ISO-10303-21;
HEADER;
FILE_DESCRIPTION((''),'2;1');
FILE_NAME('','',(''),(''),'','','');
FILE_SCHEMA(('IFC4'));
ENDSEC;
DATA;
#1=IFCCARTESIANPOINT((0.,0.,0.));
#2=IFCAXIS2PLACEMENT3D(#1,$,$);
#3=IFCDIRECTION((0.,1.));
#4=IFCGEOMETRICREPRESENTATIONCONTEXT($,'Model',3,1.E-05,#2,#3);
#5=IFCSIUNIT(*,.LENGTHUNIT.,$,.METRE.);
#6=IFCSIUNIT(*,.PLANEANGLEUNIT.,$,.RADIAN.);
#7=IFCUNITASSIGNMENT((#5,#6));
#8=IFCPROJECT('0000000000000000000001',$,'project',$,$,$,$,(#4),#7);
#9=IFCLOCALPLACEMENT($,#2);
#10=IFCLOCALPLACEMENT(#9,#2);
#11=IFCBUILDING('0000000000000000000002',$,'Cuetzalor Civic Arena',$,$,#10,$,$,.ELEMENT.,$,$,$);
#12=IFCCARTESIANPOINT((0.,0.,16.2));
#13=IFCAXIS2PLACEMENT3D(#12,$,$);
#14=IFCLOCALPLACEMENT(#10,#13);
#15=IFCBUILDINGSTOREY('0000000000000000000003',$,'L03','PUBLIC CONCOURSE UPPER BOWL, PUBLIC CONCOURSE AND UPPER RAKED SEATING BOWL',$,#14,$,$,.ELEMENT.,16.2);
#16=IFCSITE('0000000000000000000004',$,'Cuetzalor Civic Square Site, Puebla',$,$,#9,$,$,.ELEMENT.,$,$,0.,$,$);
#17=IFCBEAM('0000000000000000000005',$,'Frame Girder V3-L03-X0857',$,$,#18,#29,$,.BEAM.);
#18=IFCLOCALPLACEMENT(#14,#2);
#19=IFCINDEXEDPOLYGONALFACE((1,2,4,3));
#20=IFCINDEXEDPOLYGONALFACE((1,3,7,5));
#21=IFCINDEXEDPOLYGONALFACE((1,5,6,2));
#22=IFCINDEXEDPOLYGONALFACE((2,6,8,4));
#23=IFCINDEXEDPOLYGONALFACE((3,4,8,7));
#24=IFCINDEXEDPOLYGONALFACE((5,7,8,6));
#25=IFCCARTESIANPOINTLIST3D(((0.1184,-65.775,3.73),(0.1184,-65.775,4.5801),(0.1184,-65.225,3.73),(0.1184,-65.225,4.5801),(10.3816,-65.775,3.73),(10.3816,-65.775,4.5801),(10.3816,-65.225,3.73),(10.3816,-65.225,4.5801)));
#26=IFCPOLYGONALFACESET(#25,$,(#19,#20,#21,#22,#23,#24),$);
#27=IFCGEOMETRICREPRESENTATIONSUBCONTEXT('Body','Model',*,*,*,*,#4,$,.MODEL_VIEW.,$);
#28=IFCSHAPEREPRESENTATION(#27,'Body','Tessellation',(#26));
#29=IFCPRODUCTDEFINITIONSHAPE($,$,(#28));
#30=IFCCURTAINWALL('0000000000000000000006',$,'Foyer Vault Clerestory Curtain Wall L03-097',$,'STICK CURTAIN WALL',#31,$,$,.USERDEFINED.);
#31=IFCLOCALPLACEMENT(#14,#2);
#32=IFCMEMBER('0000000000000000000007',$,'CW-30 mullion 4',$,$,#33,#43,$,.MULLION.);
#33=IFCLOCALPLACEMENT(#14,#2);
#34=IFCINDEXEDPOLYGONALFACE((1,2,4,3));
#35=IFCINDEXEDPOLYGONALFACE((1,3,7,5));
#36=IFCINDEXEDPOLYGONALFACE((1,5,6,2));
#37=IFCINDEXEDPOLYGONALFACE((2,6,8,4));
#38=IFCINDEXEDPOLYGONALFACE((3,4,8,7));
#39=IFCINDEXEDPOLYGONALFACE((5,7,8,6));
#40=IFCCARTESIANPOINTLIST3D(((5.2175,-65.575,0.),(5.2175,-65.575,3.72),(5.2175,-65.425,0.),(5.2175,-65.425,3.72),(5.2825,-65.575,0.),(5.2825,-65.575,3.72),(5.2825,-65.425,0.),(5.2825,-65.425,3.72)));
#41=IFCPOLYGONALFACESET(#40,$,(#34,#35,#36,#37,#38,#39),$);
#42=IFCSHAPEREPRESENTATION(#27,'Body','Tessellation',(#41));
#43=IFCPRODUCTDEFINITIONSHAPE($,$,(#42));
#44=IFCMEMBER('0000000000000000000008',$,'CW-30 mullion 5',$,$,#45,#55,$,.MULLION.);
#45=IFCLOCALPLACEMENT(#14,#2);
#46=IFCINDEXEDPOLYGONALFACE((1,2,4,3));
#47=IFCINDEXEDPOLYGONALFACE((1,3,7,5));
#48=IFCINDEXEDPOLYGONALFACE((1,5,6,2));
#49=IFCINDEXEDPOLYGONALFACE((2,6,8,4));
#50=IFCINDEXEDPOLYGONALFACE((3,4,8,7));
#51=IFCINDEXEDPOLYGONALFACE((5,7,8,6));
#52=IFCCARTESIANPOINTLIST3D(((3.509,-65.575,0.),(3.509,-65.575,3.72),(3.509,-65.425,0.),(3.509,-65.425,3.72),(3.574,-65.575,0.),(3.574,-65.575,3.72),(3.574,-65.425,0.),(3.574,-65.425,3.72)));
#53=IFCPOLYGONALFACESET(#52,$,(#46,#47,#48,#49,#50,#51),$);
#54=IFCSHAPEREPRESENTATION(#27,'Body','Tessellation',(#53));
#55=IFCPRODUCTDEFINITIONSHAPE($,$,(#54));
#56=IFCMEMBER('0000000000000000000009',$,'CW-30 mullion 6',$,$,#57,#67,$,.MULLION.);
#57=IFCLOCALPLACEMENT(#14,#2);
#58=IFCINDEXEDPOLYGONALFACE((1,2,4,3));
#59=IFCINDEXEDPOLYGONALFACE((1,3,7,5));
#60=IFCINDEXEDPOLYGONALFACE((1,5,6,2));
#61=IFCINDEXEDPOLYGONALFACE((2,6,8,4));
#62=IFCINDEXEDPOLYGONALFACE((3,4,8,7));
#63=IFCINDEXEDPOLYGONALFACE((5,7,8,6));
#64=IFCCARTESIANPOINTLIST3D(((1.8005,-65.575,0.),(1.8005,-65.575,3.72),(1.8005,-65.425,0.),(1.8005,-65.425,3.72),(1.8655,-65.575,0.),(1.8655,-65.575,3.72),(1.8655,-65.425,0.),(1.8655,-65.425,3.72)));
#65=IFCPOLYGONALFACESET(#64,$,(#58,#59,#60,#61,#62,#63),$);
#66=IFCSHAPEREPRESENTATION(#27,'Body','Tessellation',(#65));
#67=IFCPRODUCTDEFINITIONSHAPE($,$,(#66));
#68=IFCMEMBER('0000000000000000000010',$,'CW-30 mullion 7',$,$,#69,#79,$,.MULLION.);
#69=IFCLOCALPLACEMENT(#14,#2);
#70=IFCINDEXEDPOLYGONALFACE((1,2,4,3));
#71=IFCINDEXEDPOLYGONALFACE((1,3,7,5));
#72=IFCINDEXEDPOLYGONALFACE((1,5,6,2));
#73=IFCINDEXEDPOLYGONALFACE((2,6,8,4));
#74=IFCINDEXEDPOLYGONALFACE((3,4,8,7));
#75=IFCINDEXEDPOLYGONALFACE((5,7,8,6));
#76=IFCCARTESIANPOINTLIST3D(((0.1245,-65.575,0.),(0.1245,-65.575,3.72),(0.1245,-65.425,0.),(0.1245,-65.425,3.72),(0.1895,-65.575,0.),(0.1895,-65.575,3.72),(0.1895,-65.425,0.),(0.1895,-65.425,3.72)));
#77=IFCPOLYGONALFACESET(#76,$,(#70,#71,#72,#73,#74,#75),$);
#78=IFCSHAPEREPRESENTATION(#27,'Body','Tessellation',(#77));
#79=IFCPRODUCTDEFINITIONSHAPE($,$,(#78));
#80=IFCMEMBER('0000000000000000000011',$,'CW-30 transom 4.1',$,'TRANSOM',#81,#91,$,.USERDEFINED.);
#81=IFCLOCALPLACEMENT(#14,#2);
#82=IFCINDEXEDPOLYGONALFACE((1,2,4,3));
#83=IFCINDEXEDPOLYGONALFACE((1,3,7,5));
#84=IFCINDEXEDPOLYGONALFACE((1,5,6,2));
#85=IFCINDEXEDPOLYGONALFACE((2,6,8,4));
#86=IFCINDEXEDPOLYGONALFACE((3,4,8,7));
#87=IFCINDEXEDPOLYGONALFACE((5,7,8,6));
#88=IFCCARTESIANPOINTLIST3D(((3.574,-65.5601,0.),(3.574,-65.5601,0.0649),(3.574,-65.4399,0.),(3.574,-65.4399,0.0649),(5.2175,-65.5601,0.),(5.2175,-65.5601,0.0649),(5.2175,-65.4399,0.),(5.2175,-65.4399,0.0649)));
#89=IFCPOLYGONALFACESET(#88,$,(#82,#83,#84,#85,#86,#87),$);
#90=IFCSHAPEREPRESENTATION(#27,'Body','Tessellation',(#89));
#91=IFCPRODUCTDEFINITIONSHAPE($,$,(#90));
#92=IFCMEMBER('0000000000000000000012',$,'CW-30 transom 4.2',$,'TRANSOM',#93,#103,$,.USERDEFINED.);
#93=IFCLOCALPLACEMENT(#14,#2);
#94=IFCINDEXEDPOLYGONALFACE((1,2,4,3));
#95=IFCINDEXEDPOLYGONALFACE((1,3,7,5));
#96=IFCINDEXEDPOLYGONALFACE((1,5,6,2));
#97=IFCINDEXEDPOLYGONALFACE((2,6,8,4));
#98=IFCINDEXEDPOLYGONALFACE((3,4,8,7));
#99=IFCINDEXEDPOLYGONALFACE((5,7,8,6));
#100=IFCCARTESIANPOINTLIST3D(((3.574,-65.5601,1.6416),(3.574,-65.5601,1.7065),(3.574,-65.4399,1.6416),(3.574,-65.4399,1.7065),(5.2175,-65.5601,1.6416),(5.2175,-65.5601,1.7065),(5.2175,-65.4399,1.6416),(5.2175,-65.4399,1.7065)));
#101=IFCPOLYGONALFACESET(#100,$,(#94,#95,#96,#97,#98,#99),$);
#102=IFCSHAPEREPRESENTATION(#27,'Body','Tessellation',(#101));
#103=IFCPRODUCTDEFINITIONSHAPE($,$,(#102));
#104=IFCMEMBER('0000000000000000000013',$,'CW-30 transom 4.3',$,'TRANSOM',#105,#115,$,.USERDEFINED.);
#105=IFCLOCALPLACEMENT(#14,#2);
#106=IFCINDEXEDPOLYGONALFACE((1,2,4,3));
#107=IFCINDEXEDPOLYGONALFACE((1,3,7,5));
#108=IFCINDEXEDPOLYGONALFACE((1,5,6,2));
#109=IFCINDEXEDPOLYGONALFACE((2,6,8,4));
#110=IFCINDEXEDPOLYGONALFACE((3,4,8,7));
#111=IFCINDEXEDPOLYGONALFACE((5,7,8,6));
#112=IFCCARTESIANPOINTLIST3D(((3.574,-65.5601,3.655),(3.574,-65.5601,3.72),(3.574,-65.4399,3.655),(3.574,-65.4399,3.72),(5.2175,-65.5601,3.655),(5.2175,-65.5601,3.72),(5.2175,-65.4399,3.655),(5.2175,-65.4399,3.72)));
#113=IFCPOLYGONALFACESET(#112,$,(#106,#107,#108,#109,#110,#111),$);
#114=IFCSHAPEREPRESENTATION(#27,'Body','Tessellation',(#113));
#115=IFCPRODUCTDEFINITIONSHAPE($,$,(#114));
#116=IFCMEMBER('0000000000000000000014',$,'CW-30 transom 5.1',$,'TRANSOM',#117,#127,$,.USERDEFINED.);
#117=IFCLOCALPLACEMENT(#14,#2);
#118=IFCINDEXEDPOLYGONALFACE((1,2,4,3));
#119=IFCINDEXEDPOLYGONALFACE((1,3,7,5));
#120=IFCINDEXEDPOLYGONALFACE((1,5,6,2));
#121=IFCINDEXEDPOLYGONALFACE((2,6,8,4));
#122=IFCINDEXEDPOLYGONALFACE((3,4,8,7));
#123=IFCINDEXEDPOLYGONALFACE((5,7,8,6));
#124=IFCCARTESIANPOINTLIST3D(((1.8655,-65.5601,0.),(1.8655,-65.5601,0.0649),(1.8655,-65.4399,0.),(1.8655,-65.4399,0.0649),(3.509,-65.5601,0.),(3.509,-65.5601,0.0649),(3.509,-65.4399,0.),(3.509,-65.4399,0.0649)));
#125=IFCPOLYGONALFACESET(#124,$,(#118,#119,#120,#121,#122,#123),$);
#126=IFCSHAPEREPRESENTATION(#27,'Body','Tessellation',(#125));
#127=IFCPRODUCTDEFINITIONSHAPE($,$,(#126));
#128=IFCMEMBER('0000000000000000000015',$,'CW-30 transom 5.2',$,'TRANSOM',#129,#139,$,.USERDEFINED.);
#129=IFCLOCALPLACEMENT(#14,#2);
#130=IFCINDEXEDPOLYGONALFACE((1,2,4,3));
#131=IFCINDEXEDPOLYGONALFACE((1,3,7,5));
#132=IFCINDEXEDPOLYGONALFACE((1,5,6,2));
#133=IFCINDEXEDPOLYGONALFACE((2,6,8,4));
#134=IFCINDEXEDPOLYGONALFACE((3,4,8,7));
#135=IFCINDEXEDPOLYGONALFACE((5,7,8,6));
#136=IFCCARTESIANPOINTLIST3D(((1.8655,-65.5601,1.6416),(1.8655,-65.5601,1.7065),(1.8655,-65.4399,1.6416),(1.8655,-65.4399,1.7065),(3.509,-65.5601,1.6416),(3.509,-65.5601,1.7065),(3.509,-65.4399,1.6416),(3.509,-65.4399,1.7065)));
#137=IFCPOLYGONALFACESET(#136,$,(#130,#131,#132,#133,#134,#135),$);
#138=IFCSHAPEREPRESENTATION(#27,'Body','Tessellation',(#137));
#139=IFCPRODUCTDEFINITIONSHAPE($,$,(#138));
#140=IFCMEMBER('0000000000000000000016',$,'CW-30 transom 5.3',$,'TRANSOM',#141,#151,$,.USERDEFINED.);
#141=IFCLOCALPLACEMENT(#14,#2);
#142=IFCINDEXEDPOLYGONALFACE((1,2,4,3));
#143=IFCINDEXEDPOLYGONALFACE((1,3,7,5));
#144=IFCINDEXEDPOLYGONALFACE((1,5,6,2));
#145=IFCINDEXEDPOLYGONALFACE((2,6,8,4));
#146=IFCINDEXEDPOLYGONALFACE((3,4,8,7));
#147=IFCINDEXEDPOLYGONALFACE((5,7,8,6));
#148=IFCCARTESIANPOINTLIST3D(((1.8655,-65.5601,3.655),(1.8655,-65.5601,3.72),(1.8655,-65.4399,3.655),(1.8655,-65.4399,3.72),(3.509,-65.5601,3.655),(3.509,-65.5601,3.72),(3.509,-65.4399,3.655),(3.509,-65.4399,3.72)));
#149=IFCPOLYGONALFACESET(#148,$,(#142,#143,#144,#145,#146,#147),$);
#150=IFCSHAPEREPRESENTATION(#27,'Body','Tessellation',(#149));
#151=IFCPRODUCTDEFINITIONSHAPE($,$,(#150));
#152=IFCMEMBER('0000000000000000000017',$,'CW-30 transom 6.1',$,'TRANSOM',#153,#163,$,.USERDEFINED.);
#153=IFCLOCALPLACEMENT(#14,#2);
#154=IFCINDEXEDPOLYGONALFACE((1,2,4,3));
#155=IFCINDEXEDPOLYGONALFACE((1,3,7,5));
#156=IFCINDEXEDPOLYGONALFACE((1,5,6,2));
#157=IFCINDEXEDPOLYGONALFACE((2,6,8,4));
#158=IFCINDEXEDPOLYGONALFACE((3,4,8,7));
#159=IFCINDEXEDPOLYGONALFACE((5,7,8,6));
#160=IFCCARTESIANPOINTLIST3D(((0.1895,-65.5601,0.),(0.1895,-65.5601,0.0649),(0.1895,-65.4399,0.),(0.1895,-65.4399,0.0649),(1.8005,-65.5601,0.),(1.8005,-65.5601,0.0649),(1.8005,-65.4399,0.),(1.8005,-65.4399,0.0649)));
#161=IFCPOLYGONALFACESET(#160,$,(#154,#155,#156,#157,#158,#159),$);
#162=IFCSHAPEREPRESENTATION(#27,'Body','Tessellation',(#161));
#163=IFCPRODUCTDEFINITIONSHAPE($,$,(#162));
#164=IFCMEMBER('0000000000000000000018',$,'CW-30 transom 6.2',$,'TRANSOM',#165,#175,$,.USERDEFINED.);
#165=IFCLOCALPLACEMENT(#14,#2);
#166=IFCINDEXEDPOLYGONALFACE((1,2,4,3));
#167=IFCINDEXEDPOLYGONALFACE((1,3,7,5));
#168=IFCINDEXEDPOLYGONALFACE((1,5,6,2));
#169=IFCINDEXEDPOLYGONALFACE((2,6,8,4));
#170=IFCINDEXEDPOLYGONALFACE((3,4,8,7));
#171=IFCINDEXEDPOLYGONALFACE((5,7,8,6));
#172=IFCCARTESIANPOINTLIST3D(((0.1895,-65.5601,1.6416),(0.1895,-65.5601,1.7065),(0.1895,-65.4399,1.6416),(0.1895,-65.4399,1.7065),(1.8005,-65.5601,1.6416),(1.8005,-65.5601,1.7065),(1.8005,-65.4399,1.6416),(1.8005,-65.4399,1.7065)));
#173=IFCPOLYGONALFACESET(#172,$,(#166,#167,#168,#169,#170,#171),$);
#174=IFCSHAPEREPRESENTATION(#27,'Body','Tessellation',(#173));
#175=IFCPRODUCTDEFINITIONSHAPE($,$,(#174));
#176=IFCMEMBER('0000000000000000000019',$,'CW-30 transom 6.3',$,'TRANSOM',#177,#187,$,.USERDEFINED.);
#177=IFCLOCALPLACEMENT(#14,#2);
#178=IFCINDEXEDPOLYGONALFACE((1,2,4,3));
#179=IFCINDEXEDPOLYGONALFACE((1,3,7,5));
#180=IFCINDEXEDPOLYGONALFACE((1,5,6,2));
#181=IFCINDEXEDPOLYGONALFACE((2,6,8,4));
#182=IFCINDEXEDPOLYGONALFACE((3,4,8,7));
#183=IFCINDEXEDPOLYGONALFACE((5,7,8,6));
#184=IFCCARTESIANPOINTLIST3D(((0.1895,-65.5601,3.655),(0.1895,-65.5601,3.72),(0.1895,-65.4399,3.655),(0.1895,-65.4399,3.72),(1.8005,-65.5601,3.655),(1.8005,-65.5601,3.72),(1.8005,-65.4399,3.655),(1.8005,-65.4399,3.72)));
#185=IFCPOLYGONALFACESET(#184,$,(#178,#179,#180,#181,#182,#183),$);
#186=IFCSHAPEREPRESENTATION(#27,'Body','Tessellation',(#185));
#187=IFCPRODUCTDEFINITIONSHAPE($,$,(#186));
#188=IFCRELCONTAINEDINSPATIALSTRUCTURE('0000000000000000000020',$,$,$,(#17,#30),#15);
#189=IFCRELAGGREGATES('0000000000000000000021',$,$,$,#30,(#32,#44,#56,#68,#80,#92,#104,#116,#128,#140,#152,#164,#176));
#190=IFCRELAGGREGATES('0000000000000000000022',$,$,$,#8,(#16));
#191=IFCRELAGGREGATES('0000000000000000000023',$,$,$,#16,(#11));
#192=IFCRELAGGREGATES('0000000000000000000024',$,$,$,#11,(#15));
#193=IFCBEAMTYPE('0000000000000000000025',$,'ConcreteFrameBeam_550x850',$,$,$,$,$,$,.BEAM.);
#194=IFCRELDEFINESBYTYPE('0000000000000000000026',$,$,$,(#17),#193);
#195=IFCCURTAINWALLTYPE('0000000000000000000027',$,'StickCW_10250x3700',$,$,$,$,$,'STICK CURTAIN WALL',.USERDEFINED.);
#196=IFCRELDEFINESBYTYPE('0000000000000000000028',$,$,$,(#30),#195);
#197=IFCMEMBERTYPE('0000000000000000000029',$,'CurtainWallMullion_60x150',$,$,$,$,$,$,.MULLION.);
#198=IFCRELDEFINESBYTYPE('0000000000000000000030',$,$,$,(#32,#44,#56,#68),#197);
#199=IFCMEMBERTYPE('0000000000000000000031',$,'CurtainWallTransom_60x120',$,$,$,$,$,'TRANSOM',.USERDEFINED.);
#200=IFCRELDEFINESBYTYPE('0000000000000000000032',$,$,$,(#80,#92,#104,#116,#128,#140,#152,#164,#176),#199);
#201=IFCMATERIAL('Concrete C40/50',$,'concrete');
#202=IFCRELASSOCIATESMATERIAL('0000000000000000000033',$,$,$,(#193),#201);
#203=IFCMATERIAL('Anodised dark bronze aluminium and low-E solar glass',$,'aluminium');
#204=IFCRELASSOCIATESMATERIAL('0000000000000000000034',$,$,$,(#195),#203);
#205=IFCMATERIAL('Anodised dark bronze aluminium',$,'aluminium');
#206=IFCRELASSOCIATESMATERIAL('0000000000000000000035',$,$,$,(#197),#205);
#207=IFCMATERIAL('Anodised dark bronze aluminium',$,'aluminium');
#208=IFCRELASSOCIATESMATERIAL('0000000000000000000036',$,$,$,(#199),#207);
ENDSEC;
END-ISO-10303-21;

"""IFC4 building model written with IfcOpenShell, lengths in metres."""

from ifc_helpers import new_model, si_unit, direction, frame, origin, origin_2d, place, context, subcontext, project, spatial, rectangle, extrude, material, material_profile, profile_set, type_object, element, aggregate, save


model = new_model("IFC4")

# Units and contexts
model_context = context("Model", 3, precision=1e-05, world=origin(), true_north=direction((0.0, 1.0)))
body_context = subcontext(model_context, "Body", "Model", "MODEL_VIEW")
ifc_project = project(units=[si_unit("LENGTHUNIT", "METRE"), si_unit("PLANEANGLEUNIT", "RADIAN")], contexts=[model_context])

# Site, building, storey
site_placement = place(None, origin())
site = spatial("IfcSite", under=ifc_project, at=site_placement, Name="Cuetzalor Civic Square Site, Puebla", CompositionType="ELEMENT", RefElevation=0.0)
building_placement = place(site_placement, origin())
building = spatial("IfcBuilding", under=site, at=building_placement, Name="Cuetzalor Civic Arena", CompositionType="ELEMENT")
storey_placement = place(building_placement, frame((0.0, 0.0, 16.2)))
storey = spatial("IfcBuildingStorey", under=building, at=storey_placement, Name="L03", Description="PUBLIC CONCOURSE UPPER BOWL, PUBLIC CONCOURSE AND UPPER RAKED SEATING BOWL", CompositionType="ELEMENT", Elevation=16.2)

# Beam
ifc_material_1 = material(Name="Concrete C40/50", Category="concrete")
ifc_material_profile_1 = material_profile(ifc_material_1, rectangle(XDim=0.55, YDim=0.8501, at=origin_2d()), Name="RC 550x850")
ifc_profile_set_1 = profile_set([ifc_material_profile_1], Name="Concrete C40/50")
beam_type_1 = type_object("IfcBeamType", Name="ConcreteFrameBeam_550x850", PredefinedType="BEAM", material=ifc_profile_set_1)
beam_1_placement = place(storey_placement, frame((0.1184, -65.5, 4.155), z_axis=(1.0, 0.0, 0.0), x_axis=(0.0, 1.0, 0.0)))
element("IfcBeam", 1, at=beam_1_placement, inside=storey, type_object=beam_type_1, Name="Frame Girder V3-L03-X0857", PredefinedType="BEAM", context=body_context, shape_type="SweptSolid", body=[
    extrude(rectangle(XDim=0.55, YDim=0.8501, at=origin_2d()), origin(), (0.0, 0.0, 1.0), 10.2632),
])

# Curtain wall, members
ifc_material_2 = material(Name="Anodised dark bronze aluminium and low-E solar glass", Category="aluminium")
curtain_wall_type = type_object("IfcCurtainWallType", Name="StickCW_10250x3700", ElementType="STICK CURTAIN WALL", PredefinedType="USERDEFINED", material=ifc_material_2)
curtain_wall_placement = place(storey_placement, origin())
curtain_wall = element("IfcCurtainWall", 2, at=curtain_wall_placement, inside=storey, type_object=curtain_wall_type, Name="Foyer Vault Clerestory Curtain Wall L03-097", ObjectType="STICK CURTAIN WALL", PredefinedType="USERDEFINED")
ifc_material_3 = material(Name="Anodised dark bronze aluminium", Category="aluminium")
ifc_material_profile_2 = material_profile(ifc_material_3, rectangle(XDim=0.0649, YDim=0.1499, at=origin_2d()), Name="ALU MULLION 65x150")
ifc_profile_set_2 = profile_set([ifc_material_profile_2], Name="Anodised dark bronze aluminium")
member_type_1 = type_object("IfcMemberType", Name="CurtainWallMullion_60x150", PredefinedType="MULLION", material=ifc_profile_set_2)
member_1_placement = place(storey_placement, frame((5.25, -65.5, 0.0), z_axis=(0.0, 0.0, 1.0), x_axis=(-1.0, 0.0, 0.0)))
member_1 = element("IfcMember", 3, at=member_1_placement, type_object=member_type_1, Name="CW-30 mullion 4", PredefinedType="MULLION", context=body_context, shape_type="SweptSolid", body=[
    extrude(rectangle(XDim=0.0649, YDim=0.1499, at=origin_2d()), origin(), (0.0, 0.0, 1.0), 3.72),
])
member_2_placement = place(storey_placement, frame((3.5415, -65.5, 0.0), z_axis=(0.0, 0.0, 1.0), x_axis=(-1.0, 0.0, 0.0)))
member_2 = element("IfcMember", 4, at=member_2_placement, type_object=member_type_1, Name="CW-30 mullion 5", PredefinedType="MULLION", context=body_context, shape_type="SweptSolid", body=[
    extrude(rectangle(XDim=0.0649, YDim=0.1499, at=origin_2d()), origin(), (0.0, 0.0, 1.0), 3.72),
])
member_3_placement = place(storey_placement, frame((1.833, -65.5, 0.0), z_axis=(0.0, 0.0, 1.0), x_axis=(-1.0, 0.0, 0.0)))
member_3 = element("IfcMember", 5, at=member_3_placement, type_object=member_type_1, Name="CW-30 mullion 6", PredefinedType="MULLION", context=body_context, shape_type="SweptSolid", body=[
    extrude(rectangle(XDim=0.0649, YDim=0.1499, at=origin_2d()), origin(), (0.0, 0.0, 1.0), 3.72),
])
member_4_placement = place(storey_placement, frame((0.157, -65.5, 0.0), z_axis=(0.0, 0.0, 1.0), x_axis=(-1.0, 0.0, 0.0)))
member_4 = element("IfcMember", 6, at=member_4_placement, type_object=member_type_1, Name="CW-30 mullion 7", PredefinedType="MULLION", context=body_context, shape_type="SweptSolid", body=[
    extrude(rectangle(XDim=0.0649, YDim=0.1499, at=origin_2d()), origin(), (0.0, 0.0, 1.0), 3.72),
])
ifc_material_4 = material(Name="Anodised dark bronze aluminium", Category="aluminium")
ifc_material_profile_3 = material_profile(ifc_material_4, rectangle(XDim=0.1201, YDim=0.0649, at=origin_2d()), Name="ALU TRANSOM 65x120")
ifc_profile_set_3 = profile_set([ifc_material_profile_3], Name="Anodised dark bronze aluminium")
member_type_2 = type_object("IfcMemberType", Name="CurtainWallTransom_60x120", ElementType="TRANSOM", PredefinedType="USERDEFINED", material=ifc_profile_set_3)
member_5_placement = place(storey_placement, frame((5.2175, -65.5, 0.0325), z_axis=(-1.0, 0.0, 0.0), x_axis=(0.0, -1.0, 0.0)))
member_5 = element("IfcMember", 7, at=member_5_placement, type_object=member_type_2, Name="CW-30 transom 4.1", ObjectType="TRANSOM", PredefinedType="USERDEFINED", context=body_context, shape_type="SweptSolid", body=[
    extrude(rectangle(XDim=0.1201, YDim=0.0649, at=origin_2d()), origin(), (0.0, 0.0, 1.0), 1.6436),
])
member_6_placement = place(storey_placement, frame((5.2175, -65.5, 1.6741), z_axis=(-1.0, 0.0, 0.0), x_axis=(0.0, -1.0, 0.0)))
member_6 = element("IfcMember", 8, at=member_6_placement, type_object=member_type_2, Name="CW-30 transom 4.2", ObjectType="TRANSOM", PredefinedType="USERDEFINED", context=body_context, shape_type="SweptSolid", body=[
    extrude(rectangle(XDim=0.1201, YDim=0.0649, at=origin_2d()), origin(), (0.0, 0.0, 1.0), 1.6436),
])
member_7_placement = place(storey_placement, frame((5.2175, -65.5, 3.6875), z_axis=(-1.0, 0.0, 0.0), x_axis=(0.0, -1.0, 0.0)))
member_7 = element("IfcMember", 9, at=member_7_placement, type_object=member_type_2, Name="CW-30 transom 4.3", ObjectType="TRANSOM", PredefinedType="USERDEFINED", context=body_context, shape_type="SweptSolid", body=[
    extrude(rectangle(XDim=0.1201, YDim=0.0649, at=origin_2d()), origin(), (0.0, 0.0, 1.0), 1.6436),
])
member_8_placement = place(storey_placement, frame((3.509, -65.5, 0.0325), z_axis=(-1.0, 0.0, 0.0), x_axis=(0.0, -1.0, 0.0)))
member_8 = element("IfcMember", 10, at=member_8_placement, type_object=member_type_2, Name="CW-30 transom 5.1", ObjectType="TRANSOM", PredefinedType="USERDEFINED", context=body_context, shape_type="SweptSolid", body=[
    extrude(rectangle(XDim=0.1201, YDim=0.0649, at=origin_2d()), origin(), (0.0, 0.0, 1.0), 1.6436),
])
member_9_placement = place(storey_placement, frame((3.509, -65.5, 1.6741), z_axis=(-1.0, 0.0, 0.0), x_axis=(0.0, -1.0, 0.0)))
member_9 = element("IfcMember", 11, at=member_9_placement, type_object=member_type_2, Name="CW-30 transom 5.2", ObjectType="TRANSOM", PredefinedType="USERDEFINED", context=body_context, shape_type="SweptSolid", body=[
    extrude(rectangle(XDim=0.1201, YDim=0.0649, at=origin_2d()), origin(), (0.0, 0.0, 1.0), 1.6436),
])
member_10_placement = place(storey_placement, frame((3.509, -65.5, 3.6875), z_axis=(-1.0, 0.0, 0.0), x_axis=(0.0, -1.0, 0.0)))
member_10 = element("IfcMember", 12, at=member_10_placement, type_object=member_type_2, Name="CW-30 transom 5.3", ObjectType="TRANSOM", PredefinedType="USERDEFINED", context=body_context, shape_type="SweptSolid", body=[
    extrude(rectangle(XDim=0.1201, YDim=0.0649, at=origin_2d()), origin(), (0.0, 0.0, 1.0), 1.6436),
])
member_11_placement = place(storey_placement, frame((1.8005, -65.5, 0.0325), z_axis=(-1.0, 0.0, 0.0), x_axis=(0.0, -1.0, 0.0)))
member_11 = element("IfcMember", 13, at=member_11_placement, type_object=member_type_2, Name="CW-30 transom 6.1", ObjectType="TRANSOM", PredefinedType="USERDEFINED", context=body_context, shape_type="SweptSolid", body=[
    extrude(rectangle(XDim=0.1201, YDim=0.0649, at=origin_2d()), origin(), (0.0, 0.0, 1.0), 1.6111),
])
member_12_placement = place(storey_placement, frame((1.8005, -65.5, 1.6741), z_axis=(-1.0, 0.0, 0.0), x_axis=(0.0, -1.0, 0.0)))
member_12 = element("IfcMember", 14, at=member_12_placement, type_object=member_type_2, Name="CW-30 transom 6.2", ObjectType="TRANSOM", PredefinedType="USERDEFINED", context=body_context, shape_type="SweptSolid", body=[
    extrude(rectangle(XDim=0.1201, YDim=0.0649, at=origin_2d()), origin(), (0.0, 0.0, 1.0), 1.6111),
])
member_13_placement = place(storey_placement, frame((1.8005, -65.5, 3.6875), z_axis=(-1.0, 0.0, 0.0), x_axis=(0.0, -1.0, 0.0)))
member_13 = element("IfcMember", 15, at=member_13_placement, type_object=member_type_2, Name="CW-30 transom 6.3", ObjectType="TRANSOM", PredefinedType="USERDEFINED", context=body_context, shape_type="SweptSolid", body=[
    extrude(rectangle(XDim=0.1201, YDim=0.0649, at=origin_2d()), origin(), (0.0, 0.0, 1.0), 1.6111),
])

aggregate(curtain_wall, [member_1, member_2, member_3, member_4, member_5, member_6, member_7, member_8, member_9, member_10, member_11, member_12, member_13])

save(model, "model.ifc")
